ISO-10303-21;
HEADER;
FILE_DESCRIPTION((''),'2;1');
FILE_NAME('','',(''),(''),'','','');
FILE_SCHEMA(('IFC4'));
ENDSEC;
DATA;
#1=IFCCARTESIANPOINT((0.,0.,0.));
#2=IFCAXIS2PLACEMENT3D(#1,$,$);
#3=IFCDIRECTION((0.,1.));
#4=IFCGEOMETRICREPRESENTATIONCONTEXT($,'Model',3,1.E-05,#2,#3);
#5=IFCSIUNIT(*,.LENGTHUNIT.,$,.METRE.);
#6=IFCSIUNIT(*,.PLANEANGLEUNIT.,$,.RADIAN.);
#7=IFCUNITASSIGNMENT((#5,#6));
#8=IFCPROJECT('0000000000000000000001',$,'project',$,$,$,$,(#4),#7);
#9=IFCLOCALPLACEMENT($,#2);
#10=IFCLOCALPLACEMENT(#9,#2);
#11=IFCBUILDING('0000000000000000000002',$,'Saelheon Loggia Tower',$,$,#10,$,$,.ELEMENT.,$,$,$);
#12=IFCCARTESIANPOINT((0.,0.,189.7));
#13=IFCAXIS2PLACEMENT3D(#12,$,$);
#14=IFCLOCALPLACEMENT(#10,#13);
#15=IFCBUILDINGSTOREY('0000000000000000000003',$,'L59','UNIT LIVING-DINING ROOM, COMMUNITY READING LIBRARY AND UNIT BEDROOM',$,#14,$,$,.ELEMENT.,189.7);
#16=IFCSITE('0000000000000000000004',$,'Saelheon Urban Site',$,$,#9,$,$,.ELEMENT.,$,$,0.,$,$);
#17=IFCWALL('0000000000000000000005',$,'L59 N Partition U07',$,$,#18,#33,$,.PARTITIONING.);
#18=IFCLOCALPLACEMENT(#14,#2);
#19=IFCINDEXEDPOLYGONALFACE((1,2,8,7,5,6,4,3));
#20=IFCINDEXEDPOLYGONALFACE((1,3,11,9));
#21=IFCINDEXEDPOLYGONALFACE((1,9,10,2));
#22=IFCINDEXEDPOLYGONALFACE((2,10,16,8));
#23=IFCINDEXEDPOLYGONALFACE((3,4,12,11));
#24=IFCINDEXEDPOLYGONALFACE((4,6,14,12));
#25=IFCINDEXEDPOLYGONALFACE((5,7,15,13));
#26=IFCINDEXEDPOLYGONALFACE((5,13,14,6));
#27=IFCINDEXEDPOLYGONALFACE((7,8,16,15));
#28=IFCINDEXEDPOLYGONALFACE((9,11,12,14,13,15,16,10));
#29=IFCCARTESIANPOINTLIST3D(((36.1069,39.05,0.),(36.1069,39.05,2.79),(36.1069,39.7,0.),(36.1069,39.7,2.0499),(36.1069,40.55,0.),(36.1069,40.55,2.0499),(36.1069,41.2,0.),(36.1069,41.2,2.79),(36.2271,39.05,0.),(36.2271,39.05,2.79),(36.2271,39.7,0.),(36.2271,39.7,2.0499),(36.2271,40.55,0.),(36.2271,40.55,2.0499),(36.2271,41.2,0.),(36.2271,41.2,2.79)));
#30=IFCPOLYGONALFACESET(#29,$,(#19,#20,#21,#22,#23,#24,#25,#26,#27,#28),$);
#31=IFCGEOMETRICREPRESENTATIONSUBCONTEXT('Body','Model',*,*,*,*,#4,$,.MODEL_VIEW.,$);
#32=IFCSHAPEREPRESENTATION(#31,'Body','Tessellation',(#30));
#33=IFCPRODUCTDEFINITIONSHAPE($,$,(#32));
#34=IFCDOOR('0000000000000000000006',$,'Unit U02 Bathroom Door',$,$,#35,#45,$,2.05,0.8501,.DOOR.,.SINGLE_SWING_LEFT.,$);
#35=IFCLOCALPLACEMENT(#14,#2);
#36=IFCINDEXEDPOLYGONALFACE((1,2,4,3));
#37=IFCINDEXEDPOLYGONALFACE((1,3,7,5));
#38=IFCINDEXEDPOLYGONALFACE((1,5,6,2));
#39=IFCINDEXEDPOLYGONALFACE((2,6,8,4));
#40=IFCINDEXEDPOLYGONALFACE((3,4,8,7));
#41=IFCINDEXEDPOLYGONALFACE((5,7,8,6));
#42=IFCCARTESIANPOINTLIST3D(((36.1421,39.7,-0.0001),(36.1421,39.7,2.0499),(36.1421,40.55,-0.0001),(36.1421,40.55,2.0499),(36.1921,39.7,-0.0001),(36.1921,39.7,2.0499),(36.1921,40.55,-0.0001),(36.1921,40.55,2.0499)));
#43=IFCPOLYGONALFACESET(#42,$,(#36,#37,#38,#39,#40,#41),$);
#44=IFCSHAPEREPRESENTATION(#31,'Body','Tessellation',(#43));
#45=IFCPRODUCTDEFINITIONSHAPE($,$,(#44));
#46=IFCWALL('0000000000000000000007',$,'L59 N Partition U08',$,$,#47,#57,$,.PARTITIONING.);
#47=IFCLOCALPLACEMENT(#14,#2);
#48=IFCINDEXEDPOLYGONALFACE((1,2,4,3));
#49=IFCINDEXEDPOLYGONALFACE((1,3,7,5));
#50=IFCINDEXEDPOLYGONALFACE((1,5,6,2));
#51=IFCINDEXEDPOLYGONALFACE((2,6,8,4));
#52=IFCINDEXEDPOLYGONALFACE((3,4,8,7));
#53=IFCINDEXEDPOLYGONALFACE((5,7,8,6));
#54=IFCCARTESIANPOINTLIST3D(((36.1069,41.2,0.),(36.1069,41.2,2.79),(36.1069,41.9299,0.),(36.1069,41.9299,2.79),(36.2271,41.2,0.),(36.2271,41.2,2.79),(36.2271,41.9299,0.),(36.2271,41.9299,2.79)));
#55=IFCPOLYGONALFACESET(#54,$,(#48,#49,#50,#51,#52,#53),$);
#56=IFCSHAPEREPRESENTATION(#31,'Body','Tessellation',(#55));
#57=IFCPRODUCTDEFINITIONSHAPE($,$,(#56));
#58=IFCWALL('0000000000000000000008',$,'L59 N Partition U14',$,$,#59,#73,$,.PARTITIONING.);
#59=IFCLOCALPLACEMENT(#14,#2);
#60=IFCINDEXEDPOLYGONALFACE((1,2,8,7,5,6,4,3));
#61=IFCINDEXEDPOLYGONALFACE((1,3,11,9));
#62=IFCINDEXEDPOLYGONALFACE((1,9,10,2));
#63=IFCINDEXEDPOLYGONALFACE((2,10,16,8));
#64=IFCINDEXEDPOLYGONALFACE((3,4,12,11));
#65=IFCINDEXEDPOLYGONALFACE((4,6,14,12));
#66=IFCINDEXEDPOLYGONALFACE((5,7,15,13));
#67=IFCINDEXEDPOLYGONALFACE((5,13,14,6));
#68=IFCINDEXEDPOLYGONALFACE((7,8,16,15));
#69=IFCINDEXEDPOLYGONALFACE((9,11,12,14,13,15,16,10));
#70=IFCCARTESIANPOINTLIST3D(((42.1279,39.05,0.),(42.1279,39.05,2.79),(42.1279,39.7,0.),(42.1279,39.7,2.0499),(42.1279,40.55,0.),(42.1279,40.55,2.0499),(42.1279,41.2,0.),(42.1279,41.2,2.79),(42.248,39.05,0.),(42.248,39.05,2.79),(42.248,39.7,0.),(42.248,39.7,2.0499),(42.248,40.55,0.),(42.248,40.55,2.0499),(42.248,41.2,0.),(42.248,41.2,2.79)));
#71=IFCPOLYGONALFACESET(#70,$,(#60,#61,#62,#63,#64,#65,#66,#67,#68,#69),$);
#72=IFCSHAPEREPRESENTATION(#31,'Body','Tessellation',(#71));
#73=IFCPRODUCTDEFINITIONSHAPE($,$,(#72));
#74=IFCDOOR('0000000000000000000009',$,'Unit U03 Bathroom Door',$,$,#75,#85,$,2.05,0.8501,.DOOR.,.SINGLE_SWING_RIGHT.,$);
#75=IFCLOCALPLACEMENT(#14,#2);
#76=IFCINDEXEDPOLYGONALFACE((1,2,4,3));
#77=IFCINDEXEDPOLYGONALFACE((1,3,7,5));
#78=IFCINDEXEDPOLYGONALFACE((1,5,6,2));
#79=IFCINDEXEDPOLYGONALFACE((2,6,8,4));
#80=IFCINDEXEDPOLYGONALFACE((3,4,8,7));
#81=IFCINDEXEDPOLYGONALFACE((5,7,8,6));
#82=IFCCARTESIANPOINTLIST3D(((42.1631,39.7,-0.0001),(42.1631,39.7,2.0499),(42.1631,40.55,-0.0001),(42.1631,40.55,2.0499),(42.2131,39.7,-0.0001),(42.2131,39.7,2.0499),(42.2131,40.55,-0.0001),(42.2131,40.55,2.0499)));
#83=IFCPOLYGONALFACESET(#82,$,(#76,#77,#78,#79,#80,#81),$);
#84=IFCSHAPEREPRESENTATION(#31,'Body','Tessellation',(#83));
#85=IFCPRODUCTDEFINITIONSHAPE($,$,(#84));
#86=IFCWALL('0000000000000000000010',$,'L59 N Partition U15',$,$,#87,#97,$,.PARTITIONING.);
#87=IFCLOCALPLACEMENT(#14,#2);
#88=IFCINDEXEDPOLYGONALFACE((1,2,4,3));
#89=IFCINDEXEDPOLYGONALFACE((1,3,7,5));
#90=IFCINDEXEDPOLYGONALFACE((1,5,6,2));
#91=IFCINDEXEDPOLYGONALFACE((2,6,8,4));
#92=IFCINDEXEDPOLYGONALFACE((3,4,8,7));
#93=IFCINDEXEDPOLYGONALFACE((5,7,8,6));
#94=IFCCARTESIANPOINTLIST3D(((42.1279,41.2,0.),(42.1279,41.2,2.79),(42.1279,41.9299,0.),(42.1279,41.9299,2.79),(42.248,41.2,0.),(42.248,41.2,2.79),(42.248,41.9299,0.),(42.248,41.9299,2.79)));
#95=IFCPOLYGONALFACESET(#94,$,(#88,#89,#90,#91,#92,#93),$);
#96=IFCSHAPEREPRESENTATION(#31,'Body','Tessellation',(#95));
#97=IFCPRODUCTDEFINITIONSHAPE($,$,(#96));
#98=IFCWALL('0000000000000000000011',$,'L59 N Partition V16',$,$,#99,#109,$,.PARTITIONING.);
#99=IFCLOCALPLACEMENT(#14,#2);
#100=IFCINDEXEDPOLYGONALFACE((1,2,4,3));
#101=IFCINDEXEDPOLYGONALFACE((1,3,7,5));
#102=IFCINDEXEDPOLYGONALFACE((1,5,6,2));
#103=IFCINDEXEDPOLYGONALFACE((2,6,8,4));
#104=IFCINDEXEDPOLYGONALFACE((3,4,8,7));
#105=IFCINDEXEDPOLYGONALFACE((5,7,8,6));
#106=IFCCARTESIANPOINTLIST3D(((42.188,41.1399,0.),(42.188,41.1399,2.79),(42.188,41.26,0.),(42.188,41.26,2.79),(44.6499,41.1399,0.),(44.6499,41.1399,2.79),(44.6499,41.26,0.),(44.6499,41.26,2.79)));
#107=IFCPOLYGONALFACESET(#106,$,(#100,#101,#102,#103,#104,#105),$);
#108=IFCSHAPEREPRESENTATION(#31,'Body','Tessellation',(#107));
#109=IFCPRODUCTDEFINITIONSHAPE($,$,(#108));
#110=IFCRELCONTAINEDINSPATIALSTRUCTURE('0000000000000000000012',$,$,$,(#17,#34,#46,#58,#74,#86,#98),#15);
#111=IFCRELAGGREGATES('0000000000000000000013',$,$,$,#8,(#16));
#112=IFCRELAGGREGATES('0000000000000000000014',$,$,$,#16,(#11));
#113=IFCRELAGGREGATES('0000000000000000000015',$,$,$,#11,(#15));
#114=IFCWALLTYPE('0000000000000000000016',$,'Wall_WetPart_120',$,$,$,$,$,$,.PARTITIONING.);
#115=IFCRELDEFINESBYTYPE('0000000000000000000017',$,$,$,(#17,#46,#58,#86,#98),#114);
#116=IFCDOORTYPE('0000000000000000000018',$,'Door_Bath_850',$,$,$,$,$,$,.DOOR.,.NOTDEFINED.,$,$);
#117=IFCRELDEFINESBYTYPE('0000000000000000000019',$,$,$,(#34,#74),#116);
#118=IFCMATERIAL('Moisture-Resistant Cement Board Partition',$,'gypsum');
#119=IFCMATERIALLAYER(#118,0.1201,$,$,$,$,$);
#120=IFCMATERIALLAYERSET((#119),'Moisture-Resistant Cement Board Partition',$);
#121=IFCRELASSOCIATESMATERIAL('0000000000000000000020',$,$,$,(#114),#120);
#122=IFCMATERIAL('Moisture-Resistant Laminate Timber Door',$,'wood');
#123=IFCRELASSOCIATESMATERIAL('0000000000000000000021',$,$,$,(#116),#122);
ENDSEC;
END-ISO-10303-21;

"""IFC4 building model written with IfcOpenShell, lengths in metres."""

from ifc_helpers import new_model, si_unit, direction, frame, frame_2d, origin, place, context, subcontext, project, spatial, rectangle, extrude, source, transform, mapped, material, layer, layer_set, type_object, element, fill, save


model = new_model("IFC4")

# Units and contexts
model_context = context("Model", 3, precision=1e-05, world=origin(), true_north=direction((0.0, 1.0)))
body_context = subcontext(model_context, "Body", "Model", "MODEL_VIEW")
ifc_project = project(units=[si_unit("LENGTHUNIT", "METRE"), si_unit("PLANEANGLEUNIT", "RADIAN")], contexts=[model_context])

# Site, building, storey
site_placement = place(None, origin())
site = spatial("IfcSite", under=ifc_project, at=site_placement, Name="Saelheon Urban Site", CompositionType="ELEMENT", RefElevation=0.0)
building_placement = place(site_placement, origin())
building = spatial("IfcBuilding", under=site, at=building_placement, Name="Saelheon Loggia Tower", CompositionType="ELEMENT")
storey_placement = place(building_placement, frame((0.0, 0.0, 189.7)))
storey = spatial("IfcBuildingStorey", under=building, at=storey_placement, Name="L59", Description="UNIT LIVING-DINING ROOM, COMMUNITY READING LIBRARY AND UNIT BEDROOM", CompositionType="ELEMENT", Elevation=189.7)

# Wall, opening, door
ifc_material_1 = material(Name="Moisture-Resistant Cement Board Partition", Category="gypsum")
ifc_layer_1 = layer(ifc_material_1, 0.1201)
ifc_layer_set_1 = layer_set([ifc_layer_1], Name="Moisture-Resistant Cement Board Partition")
wall_type_1 = type_object("IfcWallType", Name="Wall_WetPart_120", PredefinedType="PARTITIONING", material=ifc_layer_set_1)
wall_1_placement = place(storey_placement, frame((36.167, 39.05, 0.0), z_axis=(0.0, 0.0, 1.0), x_axis=(0.0, 1.0, 0.0)))
wall_1 = element("IfcWall", 1, at=wall_1_placement, inside=storey, type_object=wall_type_1, Name="L59 N Partition U07", PredefinedType="PARTITIONING", context=body_context, shape_type="SweptSolid", body=[
    extrude(rectangle(XDim=2.1499, YDim=0.1201, at=frame_2d((1.075, 0.0))), origin(), (0.0, 0.0, 1.0), 2.79),
])
opening_1_placement = place(wall_1_placement, frame((0.6499, 0.0, 0.0)))
opening_1 = element("IfcOpeningElement", 2, at=opening_1_placement, cuts=wall_1, PredefinedType="OPENING", context=body_context, shape_type="SweptSolid", body=[
    extrude(rectangle(XDim=0.8501, YDim=2.05, at=frame_2d((0.425, 1.0249))), frame((0.0, 0.072, 0.0), z_axis=(0.0, -1.0, 0.0), x_axis=(1.0, 0.0, 0.0)), (0.0, 0.0, 1.0), 0.144),
])
ifc_material_2 = material(Name="Moisture-Resistant Laminate Timber Door", Category="wood")
door_type_1 = type_object("IfcDoorType", Name="Door_Bath_850", OperationType="NOTDEFINED", PredefinedType="DOOR", material=ifc_material_2)
shared_shape_1 = source(origin(), body_context, "Body", "SweptSolid", [
    extrude(rectangle(XDim=0.8501, YDim=2.05, at=frame_2d((0.425, 1.0249))), frame((0.0, 0.0249, 0.0), z_axis=(0.0, -1.0, 0.0), x_axis=(1.0, 0.0, 0.0)), (0.0, 0.0, 1.0), 0.05),
])
door_1_placement = place(opening_1_placement, origin())
door_1 = element("IfcDoor", 3, at=door_1_placement, inside=storey, type_object=door_type_1, Name="Unit U02 Bathroom Door", OperationType="SINGLE_SWING_LEFT", OverallHeight=2.05, OverallWidth=0.8501, PredefinedType="DOOR", context=body_context, shape_type="MappedRepresentation", body=[
    mapped(shared_shape_1, transform((0.0, 0.0, 0.0), scale=1.0)),
])
fill(opening_1, door_1)

# Wall
wall_2_placement = place(storey_placement, frame((36.167, 41.2, 0.0), z_axis=(0.0, 0.0, 1.0), x_axis=(0.0, 1.0, 0.0)))
element("IfcWall", 4, at=wall_2_placement, inside=storey, type_object=wall_type_1, Name="L59 N Partition U08", PredefinedType="PARTITIONING", context=body_context, shape_type="SweptSolid", body=[
    extrude(rectangle(XDim=0.73, YDim=0.1201, at=frame_2d((0.365, 0.0))), origin(), (0.0, 0.0, 1.0), 2.79),
])

# Wall, opening, door
wall_3_placement = place(storey_placement, frame((42.188, 39.05, 0.0), z_axis=(0.0, 0.0, 1.0), x_axis=(0.0, 1.0, 0.0)))
wall_3 = element("IfcWall", 5, at=wall_3_placement, inside=storey, type_object=wall_type_1, Name="L59 N Partition U14", PredefinedType="PARTITIONING", context=body_context, shape_type="SweptSolid", body=[
    extrude(rectangle(XDim=2.1499, YDim=0.1201, at=frame_2d((1.075, 0.0))), origin(), (0.0, 0.0, 1.0), 2.79),
])
opening_2_placement = place(wall_3_placement, frame((0.6499, 0.0, 0.0)))
opening_2 = element("IfcOpeningElement", 6, at=opening_2_placement, cuts=wall_3, PredefinedType="OPENING", context=body_context, shape_type="SweptSolid", body=[
    extrude(rectangle(XDim=0.8501, YDim=2.05, at=frame_2d((0.425, 1.0249))), frame((0.0, 0.072, 0.0), z_axis=(0.0, -1.0, 0.0), x_axis=(1.0, 0.0, 0.0)), (0.0, 0.0, 1.0), 0.144),
])
door_2_placement = place(opening_2_placement, origin())
door_2 = element("IfcDoor", 7, at=door_2_placement, inside=storey, type_object=door_type_1, Name="Unit U03 Bathroom Door", OperationType="SINGLE_SWING_RIGHT", OverallHeight=2.05, OverallWidth=0.8501, PredefinedType="DOOR", context=body_context, shape_type="MappedRepresentation", body=[
    mapped(shared_shape_1, transform((0.0, 0.0, 0.0), scale=1.0)),
])
fill(opening_2, door_2)

# Walls
wall_4_placement = place(storey_placement, frame((42.188, 41.2, 0.0), z_axis=(0.0, 0.0, 1.0), x_axis=(0.0, 1.0, 0.0)))
element("IfcWall", 8, at=wall_4_placement, inside=storey, type_object=wall_type_1, Name="L59 N Partition U15", PredefinedType="PARTITIONING", context=body_context, shape_type="SweptSolid", body=[
    extrude(rectangle(XDim=0.73, YDim=0.1201, at=frame_2d((0.365, 0.0))), origin(), (0.0, 0.0, 1.0), 2.79),
])
wall_5_placement = place(storey_placement, frame((42.188, 41.2, 0.0), z_axis=(0.0, 0.0, 1.0), x_axis=(1.0, 0.0, 0.0)))
element("IfcWall", 9, at=wall_5_placement, inside=storey, type_object=wall_type_1, Name="L59 N Partition V16", PredefinedType="PARTITIONING", context=body_context, shape_type="SweptSolid", body=[
    extrude(rectangle(XDim=2.4619, YDim=0.1201, at=frame_2d((1.231, 0.0))), origin(), (0.0, 0.0, 1.0), 2.79),
])

save(model, "model.ifc")
